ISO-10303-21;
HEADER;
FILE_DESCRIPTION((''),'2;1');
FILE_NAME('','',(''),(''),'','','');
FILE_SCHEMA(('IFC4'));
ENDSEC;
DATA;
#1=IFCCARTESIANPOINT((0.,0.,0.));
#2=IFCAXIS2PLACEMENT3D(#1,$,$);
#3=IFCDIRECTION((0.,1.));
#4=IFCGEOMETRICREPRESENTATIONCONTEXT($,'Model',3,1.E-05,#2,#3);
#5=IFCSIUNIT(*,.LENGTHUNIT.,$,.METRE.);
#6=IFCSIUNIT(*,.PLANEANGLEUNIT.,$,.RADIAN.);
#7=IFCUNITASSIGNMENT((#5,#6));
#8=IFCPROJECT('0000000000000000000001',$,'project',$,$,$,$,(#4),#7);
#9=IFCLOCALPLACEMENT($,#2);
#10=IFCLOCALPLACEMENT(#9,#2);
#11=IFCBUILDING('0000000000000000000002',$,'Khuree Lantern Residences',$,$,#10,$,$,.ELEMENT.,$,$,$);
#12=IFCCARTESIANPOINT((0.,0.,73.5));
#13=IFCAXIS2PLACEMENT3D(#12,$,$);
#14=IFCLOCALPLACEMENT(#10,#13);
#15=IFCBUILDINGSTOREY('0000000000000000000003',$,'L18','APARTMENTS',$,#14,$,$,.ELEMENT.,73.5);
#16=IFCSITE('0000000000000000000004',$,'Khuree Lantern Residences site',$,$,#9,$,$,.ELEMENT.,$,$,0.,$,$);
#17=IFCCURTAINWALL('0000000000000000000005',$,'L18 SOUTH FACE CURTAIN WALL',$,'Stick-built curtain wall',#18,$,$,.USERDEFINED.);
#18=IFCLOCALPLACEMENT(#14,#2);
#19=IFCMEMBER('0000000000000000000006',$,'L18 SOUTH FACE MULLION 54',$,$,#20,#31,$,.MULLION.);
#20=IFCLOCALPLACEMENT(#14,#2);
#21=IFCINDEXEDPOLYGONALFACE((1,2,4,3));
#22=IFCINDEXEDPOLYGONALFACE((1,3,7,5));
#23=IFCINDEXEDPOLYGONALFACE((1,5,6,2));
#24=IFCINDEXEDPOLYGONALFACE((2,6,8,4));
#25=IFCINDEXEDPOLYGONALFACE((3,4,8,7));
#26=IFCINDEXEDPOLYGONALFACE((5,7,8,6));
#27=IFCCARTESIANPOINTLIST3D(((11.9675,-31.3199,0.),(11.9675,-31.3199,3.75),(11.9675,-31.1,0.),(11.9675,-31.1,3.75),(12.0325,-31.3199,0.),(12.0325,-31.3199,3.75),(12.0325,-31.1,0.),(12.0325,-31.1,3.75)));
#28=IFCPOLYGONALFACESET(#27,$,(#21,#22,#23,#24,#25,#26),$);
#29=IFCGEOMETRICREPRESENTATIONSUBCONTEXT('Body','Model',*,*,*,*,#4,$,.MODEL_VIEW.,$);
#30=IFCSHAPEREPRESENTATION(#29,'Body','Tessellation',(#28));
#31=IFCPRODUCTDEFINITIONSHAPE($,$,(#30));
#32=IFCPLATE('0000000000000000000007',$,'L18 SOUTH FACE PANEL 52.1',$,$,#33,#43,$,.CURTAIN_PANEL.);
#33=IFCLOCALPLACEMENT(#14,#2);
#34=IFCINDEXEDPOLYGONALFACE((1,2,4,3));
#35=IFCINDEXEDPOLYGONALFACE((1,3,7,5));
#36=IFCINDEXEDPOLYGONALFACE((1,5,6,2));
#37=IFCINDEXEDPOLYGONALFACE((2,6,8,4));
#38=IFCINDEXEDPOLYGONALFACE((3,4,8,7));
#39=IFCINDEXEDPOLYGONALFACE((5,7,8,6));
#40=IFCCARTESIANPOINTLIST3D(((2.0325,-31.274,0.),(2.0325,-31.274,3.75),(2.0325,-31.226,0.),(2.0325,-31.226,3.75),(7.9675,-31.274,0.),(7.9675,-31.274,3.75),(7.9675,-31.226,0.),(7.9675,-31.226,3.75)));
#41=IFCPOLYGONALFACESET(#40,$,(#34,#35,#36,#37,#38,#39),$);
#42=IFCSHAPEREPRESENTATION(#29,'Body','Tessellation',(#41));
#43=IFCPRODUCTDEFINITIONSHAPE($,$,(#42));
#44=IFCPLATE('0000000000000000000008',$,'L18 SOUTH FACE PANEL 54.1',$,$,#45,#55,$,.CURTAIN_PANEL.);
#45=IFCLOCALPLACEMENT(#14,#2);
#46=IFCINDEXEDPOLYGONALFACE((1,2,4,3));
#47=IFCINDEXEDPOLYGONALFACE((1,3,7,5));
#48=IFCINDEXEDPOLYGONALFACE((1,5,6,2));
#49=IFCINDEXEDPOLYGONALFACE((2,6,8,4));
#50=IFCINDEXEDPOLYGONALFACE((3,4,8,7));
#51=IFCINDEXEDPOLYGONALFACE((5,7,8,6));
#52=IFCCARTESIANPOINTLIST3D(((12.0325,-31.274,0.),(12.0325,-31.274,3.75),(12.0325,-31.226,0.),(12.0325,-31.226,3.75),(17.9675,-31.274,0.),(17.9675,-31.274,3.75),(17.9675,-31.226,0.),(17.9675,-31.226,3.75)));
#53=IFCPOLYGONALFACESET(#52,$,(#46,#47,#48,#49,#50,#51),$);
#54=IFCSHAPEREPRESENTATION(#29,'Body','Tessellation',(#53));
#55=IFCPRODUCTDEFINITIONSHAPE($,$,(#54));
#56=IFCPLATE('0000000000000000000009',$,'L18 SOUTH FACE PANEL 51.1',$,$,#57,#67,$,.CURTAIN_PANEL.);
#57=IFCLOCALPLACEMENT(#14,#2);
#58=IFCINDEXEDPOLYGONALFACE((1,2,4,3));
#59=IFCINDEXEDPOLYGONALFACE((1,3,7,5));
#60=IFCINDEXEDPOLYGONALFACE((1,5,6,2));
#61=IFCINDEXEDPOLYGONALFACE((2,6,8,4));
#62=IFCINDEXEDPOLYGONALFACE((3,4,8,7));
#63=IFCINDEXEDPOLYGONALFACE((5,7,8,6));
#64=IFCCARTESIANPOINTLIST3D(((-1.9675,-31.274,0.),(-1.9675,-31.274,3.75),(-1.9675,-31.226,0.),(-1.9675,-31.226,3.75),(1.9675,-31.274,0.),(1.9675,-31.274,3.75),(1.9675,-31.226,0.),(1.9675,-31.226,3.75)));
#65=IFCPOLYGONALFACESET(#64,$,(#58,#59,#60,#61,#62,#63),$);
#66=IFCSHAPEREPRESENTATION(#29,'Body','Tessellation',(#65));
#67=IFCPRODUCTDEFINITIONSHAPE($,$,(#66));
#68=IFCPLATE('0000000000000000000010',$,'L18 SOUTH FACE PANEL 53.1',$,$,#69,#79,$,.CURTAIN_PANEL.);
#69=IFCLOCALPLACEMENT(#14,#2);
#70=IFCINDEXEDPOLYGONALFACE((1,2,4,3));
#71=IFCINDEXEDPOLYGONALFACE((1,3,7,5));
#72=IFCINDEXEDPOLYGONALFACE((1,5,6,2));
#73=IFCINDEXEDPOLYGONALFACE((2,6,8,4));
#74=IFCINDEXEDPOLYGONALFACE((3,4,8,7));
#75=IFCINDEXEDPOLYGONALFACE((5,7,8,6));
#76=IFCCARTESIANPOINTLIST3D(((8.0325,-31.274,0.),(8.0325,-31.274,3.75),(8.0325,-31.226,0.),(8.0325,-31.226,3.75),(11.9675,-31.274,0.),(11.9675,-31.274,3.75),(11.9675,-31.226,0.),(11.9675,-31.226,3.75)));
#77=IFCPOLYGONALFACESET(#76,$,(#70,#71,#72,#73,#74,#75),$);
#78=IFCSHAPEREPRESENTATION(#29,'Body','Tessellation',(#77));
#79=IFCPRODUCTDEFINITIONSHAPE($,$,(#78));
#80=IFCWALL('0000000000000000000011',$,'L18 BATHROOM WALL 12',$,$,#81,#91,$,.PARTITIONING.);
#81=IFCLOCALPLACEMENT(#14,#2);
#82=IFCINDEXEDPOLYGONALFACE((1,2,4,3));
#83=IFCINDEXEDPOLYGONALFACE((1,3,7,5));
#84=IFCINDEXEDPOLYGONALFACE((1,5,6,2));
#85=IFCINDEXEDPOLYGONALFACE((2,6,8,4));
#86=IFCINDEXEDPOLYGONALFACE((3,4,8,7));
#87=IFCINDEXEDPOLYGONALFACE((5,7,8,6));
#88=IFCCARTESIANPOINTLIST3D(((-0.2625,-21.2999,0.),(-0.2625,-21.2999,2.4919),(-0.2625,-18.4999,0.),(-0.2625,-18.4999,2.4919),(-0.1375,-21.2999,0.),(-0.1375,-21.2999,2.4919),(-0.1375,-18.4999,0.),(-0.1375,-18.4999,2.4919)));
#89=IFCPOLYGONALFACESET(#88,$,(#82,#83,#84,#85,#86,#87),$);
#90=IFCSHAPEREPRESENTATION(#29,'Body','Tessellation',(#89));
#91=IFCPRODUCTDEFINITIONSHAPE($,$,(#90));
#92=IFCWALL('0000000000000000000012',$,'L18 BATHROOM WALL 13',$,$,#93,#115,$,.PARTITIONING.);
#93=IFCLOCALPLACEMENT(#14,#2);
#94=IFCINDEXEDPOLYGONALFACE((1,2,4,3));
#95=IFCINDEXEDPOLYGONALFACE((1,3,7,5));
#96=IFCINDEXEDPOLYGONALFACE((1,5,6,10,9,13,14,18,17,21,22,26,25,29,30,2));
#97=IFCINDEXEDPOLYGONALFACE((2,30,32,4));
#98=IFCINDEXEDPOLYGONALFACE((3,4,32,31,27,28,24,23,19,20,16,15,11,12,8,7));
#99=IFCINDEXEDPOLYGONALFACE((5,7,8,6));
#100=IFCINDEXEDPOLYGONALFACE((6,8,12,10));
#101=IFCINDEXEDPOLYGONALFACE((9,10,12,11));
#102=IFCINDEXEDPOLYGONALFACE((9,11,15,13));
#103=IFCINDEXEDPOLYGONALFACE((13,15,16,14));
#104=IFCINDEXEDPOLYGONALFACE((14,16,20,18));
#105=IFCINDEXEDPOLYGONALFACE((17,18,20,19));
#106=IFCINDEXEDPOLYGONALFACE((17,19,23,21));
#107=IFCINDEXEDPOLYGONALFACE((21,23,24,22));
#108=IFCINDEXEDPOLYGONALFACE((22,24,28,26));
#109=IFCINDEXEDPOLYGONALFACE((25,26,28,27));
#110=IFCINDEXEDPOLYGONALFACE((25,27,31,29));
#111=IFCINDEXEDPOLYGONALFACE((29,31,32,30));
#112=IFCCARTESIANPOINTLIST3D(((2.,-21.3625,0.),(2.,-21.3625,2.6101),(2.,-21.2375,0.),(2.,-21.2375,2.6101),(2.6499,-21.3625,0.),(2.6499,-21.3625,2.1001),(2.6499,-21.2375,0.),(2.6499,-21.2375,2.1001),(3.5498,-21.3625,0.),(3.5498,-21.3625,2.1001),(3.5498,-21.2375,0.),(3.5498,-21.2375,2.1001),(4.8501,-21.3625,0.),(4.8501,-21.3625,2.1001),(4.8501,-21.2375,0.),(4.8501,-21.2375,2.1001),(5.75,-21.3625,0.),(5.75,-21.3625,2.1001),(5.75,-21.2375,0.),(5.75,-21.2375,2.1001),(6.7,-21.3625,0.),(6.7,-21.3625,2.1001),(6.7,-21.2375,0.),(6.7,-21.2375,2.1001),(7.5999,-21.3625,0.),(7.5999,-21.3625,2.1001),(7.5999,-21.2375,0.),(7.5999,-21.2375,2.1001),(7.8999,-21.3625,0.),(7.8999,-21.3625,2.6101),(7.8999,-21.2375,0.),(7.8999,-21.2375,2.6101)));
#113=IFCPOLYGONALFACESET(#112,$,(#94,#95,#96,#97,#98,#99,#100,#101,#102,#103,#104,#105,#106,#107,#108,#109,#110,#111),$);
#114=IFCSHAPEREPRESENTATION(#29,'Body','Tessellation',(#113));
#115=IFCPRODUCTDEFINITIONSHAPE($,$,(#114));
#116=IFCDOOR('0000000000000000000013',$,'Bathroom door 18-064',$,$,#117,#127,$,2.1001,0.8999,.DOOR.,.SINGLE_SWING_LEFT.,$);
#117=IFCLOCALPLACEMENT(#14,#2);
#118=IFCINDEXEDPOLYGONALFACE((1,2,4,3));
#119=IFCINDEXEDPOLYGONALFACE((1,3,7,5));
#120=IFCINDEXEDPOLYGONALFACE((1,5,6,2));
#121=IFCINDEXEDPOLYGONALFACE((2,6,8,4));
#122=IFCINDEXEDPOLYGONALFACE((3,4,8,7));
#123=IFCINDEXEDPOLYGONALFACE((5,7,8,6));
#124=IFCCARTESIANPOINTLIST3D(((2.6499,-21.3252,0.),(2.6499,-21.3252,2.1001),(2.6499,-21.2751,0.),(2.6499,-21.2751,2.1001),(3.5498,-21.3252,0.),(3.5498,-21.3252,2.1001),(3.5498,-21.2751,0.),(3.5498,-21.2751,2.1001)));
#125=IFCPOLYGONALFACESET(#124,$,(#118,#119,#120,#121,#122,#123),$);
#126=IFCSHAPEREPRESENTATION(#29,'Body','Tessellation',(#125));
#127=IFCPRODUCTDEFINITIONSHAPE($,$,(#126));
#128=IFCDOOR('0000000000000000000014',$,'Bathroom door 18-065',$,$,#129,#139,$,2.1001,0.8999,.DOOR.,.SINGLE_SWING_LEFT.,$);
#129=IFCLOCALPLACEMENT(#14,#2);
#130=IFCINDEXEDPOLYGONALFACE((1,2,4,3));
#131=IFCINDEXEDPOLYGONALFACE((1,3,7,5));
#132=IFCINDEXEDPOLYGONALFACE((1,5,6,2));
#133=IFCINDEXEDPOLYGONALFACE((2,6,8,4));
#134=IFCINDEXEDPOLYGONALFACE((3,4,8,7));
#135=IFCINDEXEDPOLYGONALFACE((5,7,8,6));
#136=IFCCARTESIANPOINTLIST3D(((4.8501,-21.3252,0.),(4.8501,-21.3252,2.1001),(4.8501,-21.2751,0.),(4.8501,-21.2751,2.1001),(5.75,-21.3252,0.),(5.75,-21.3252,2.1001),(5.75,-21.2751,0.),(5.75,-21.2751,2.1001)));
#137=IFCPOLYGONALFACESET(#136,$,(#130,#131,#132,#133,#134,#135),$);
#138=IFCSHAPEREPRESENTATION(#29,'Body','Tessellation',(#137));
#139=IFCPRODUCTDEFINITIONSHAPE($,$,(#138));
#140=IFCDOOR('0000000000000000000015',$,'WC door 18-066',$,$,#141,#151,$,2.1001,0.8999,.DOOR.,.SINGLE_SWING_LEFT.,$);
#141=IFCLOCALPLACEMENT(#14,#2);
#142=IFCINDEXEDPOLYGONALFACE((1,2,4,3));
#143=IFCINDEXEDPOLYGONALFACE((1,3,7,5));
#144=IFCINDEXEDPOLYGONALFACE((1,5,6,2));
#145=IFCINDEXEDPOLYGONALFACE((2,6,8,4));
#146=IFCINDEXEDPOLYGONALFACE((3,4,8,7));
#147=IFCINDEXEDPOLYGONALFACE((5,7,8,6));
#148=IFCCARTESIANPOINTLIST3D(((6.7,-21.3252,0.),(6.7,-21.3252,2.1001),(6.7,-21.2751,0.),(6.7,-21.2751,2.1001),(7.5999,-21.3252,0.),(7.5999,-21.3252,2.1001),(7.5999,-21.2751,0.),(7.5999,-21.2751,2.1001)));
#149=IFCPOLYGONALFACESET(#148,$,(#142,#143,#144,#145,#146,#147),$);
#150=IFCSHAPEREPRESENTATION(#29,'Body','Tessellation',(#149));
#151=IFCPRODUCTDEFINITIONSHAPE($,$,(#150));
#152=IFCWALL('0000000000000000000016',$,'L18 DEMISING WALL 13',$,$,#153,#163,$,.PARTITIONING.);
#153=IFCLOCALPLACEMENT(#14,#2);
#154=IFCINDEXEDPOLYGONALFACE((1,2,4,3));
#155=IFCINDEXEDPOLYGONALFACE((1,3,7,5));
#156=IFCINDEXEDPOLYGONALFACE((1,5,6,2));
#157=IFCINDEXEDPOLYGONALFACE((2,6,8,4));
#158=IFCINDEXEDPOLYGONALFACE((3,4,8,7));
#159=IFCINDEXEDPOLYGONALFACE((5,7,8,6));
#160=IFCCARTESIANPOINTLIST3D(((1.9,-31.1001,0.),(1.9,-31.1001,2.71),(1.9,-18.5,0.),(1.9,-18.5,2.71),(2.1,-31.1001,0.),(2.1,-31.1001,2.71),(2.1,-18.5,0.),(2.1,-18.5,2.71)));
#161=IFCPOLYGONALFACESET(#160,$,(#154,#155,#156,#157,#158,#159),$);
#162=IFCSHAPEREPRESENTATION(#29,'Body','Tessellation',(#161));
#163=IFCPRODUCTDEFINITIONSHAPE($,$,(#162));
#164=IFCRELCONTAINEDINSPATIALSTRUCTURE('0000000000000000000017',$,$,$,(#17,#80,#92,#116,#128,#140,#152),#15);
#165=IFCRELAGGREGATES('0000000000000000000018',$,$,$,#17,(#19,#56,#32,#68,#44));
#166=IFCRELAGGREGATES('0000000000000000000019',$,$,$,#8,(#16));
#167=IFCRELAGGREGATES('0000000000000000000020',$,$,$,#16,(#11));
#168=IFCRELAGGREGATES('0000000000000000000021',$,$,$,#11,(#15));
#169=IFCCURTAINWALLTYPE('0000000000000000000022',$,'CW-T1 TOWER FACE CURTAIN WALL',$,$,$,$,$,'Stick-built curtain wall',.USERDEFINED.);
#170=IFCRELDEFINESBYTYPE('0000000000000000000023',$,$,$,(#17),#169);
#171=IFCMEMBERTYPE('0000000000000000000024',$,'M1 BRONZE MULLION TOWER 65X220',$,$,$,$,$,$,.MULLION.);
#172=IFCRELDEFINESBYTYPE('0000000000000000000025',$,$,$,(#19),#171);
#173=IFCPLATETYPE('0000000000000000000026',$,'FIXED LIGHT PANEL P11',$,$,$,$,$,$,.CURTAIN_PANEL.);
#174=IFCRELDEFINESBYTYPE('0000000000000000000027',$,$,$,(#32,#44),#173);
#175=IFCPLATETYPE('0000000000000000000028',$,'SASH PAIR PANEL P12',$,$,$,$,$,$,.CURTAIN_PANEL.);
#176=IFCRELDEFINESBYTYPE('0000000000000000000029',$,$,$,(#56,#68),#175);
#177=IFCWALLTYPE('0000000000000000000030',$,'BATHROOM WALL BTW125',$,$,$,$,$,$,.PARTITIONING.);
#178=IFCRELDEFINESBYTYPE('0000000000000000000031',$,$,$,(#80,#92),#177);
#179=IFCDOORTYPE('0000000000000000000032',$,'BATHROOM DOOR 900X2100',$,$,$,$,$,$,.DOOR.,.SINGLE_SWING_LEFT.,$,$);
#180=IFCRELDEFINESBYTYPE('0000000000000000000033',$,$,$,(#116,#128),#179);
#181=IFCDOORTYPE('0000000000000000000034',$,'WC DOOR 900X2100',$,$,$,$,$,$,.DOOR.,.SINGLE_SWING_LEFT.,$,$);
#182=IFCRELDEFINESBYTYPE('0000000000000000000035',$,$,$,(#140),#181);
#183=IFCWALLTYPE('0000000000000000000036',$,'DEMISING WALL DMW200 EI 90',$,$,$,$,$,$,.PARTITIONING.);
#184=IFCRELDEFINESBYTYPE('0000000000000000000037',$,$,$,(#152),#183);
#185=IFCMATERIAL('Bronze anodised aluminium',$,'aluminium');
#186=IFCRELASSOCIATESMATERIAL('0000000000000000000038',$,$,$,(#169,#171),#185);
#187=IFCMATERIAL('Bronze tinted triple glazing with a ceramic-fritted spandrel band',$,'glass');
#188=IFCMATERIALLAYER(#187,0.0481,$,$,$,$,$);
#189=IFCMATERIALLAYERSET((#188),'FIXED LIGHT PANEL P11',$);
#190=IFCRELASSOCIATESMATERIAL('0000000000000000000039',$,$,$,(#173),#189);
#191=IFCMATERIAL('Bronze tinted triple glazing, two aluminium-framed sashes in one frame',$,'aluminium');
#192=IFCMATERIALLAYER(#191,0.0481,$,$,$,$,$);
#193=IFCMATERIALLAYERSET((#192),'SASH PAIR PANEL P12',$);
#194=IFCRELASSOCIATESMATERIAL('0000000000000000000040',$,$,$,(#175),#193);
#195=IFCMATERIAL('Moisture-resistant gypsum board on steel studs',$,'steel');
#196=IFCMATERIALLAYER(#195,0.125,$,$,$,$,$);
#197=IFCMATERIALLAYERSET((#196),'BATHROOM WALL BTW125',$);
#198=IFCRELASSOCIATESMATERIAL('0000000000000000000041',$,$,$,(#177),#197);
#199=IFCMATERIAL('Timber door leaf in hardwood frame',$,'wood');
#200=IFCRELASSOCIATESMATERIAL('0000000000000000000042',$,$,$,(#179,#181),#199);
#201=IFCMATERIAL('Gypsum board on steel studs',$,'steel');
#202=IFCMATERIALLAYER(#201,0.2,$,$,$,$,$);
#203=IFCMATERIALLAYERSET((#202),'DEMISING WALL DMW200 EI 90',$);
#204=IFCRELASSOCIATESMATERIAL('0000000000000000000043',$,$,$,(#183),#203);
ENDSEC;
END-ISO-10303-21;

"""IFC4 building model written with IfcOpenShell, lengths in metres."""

from ifc_helpers import new_model, si_unit, direction, frame, frame_2d, origin, origin_2d, place, context, subcontext, project, spatial, rectangle, extrude, material, layer, layer_set, material_profile, profile_set, type_object, element, fill, aggregate, save


model = new_model("IFC4")

# Units and contexts
model_context = context("Model", 3, precision=1e-05, world=origin(), true_north=direction((0.0, 1.0)))
body_context = subcontext(model_context, "Body", "Model", "MODEL_VIEW")
ifc_project = project(units=[si_unit("LENGTHUNIT", "METRE"), si_unit("PLANEANGLEUNIT", "RADIAN")], contexts=[model_context])

# Site, building, storey
site_placement = place(None, origin())
site = spatial("IfcSite", under=ifc_project, at=site_placement, Name="Khuree Lantern Residences site", CompositionType="ELEMENT", RefElevation=0.0)
building_placement = place(site_placement, origin())
building = spatial("IfcBuilding", under=site, at=building_placement, Name="Khuree Lantern Residences", CompositionType="ELEMENT")
storey_placement = place(building_placement, frame((0.0, 0.0, 73.5)))
storey = spatial("IfcBuildingStorey", under=building, at=storey_placement, Name="L18", Description="APARTMENTS", CompositionType="ELEMENT", Elevation=73.5)

# Curtain wall
ifc_material_1 = material(Name="Bronze anodised aluminium", Category="aluminium")
curtain_wall_type = type_object("IfcCurtainWallType", Name="CW-T1 TOWER FACE CURTAIN WALL", ElementType="Stick-built curtain wall", PredefinedType="USERDEFINED", material=ifc_material_1)
curtain_wall_placement = place(storey_placement, origin())
curtain_wall = element("IfcCurtainWall", 1, at=curtain_wall_placement, inside=storey, type_object=curtain_wall_type, Name="L18 SOUTH FACE CURTAIN WALL", ObjectType="Stick-built curtain wall", PredefinedType="USERDEFINED")

# Member
ifc_material_profile_1 = material_profile(ifc_material_1, rectangle(XDim=0.0649, YDim=0.22, at=origin_2d()), Name="M1 65X220")
ifc_profile_set_1 = profile_set([ifc_material_profile_1], Name="Bronze anodised aluminium")
member_type_1 = type_object("IfcMemberType", Name="M1 BRONZE MULLION TOWER 65X220", PredefinedType="MULLION", material=ifc_profile_set_1)
member_1_placement = place(storey_placement, frame((12.0, -31.21, 0.0), z_axis=(0.0, 0.0, 1.0), x_axis=(1.0, 0.0, 0.0)))
member_1 = element("IfcMember", 2, at=member_1_placement, type_object=member_type_1, Name="L18 SOUTH FACE MULLION 54", PredefinedType="MULLION", context=body_context, shape_type="SweptSolid", body=[
    extrude(rectangle(XDim=0.0649, YDim=0.22, at=origin_2d()), origin(), (0.0, 0.0, 1.0), 3.75),
])

# Plates
ifc_material_2 = material(Name="Bronze tinted triple glazing with a ceramic-fritted spandrel band", Category="glass")
ifc_layer_1 = layer(ifc_material_2, 0.0481)
ifc_layer_set_1 = layer_set([ifc_layer_1], Name="FIXED LIGHT PANEL P11")
plate_type_1 = type_object("IfcPlateType", Name="FIXED LIGHT PANEL P11", PredefinedType="CURTAIN_PANEL", material=ifc_layer_set_1)
plate_1_placement = place(storey_placement, frame((5.0, -31.25, 0.0), z_axis=(0.0, 0.0, 1.0), x_axis=(1.0, 0.0, 0.0)))
plate_1 = element("IfcPlate", 3, at=plate_1_placement, type_object=plate_type_1, Name="L18 SOUTH FACE PANEL 52.1", PredefinedType="CURTAIN_PANEL", context=body_context, shape_type="SweptSolid", body=[
    extrude(rectangle(XDim=5.9351, YDim=0.0481, at=origin_2d()), origin(), (0.0, 0.0, 1.0), 3.75),
])
plate_2_placement = place(storey_placement, frame((15.0, -31.25, 0.0), z_axis=(0.0, 0.0, 1.0), x_axis=(1.0, 0.0, 0.0)))
plate_2 = element("IfcPlate", 4, at=plate_2_placement, type_object=plate_type_1, Name="L18 SOUTH FACE PANEL 54.1", PredefinedType="CURTAIN_PANEL", context=body_context, shape_type="SweptSolid", body=[
    extrude(rectangle(XDim=5.9351, YDim=0.0481, at=origin_2d()), origin(), (0.0, 0.0, 1.0), 3.75),
])
ifc_material_3 = material(Name="Bronze tinted triple glazing, two aluminium-framed sashes in one frame", Category="aluminium")
ifc_layer_2 = layer(ifc_material_3, 0.0481)
ifc_layer_set_2 = layer_set([ifc_layer_2], Name="SASH PAIR PANEL P12")
plate_type_2 = type_object("IfcPlateType", Name="SASH PAIR PANEL P12", PredefinedType="CURTAIN_PANEL", material=ifc_layer_set_2)
plate_3_placement = place(storey_placement, frame((0.0, -31.25, 0.0), z_axis=(0.0, 0.0, 1.0), x_axis=(1.0, 0.0, 0.0)))
plate_3 = element("IfcPlate", 5, at=plate_3_placement, type_object=plate_type_2, Name="L18 SOUTH FACE PANEL 51.1", PredefinedType="CURTAIN_PANEL", context=body_context, shape_type="SweptSolid", body=[
    extrude(rectangle(XDim=3.9351, YDim=0.0481, at=origin_2d()), origin(), (0.0, 0.0, 1.0), 3.75),
])
plate_4_placement = place(storey_placement, frame((10.0, -31.25, 0.0), z_axis=(0.0, 0.0, 1.0), x_axis=(1.0, 0.0, 0.0)))
plate_4 = element("IfcPlate", 6, at=plate_4_placement, type_object=plate_type_2, Name="L18 SOUTH FACE PANEL 53.1", PredefinedType="CURTAIN_PANEL", context=body_context, shape_type="SweptSolid", body=[
    extrude(rectangle(XDim=3.9351, YDim=0.0481, at=origin_2d()), origin(), (0.0, 0.0, 1.0), 3.75),
])
aggregate(curtain_wall, [member_1, plate_3, plate_1, plate_4, plate_2])

# Wall
ifc_material_4 = material(Name="Moisture-resistant gypsum board on steel studs", Category="steel")
ifc_layer_3 = layer(ifc_material_4, 0.125)
ifc_layer_set_3 = layer_set([ifc_layer_3], Name="BATHROOM WALL BTW125")
wall_type_1 = type_object("IfcWallType", Name="BATHROOM WALL BTW125", PredefinedType="PARTITIONING", material=ifc_layer_set_3)
wall_1_placement = place(storey_placement, frame((-0.2, -18.5, 0.0), z_axis=(0.0, 0.0, 1.0), x_axis=(0.0, -1.0, 0.0)))
element("IfcWall", 7, at=wall_1_placement, inside=storey, type_object=wall_type_1, Name="L18 BATHROOM WALL 12", PredefinedType="PARTITIONING", context=body_context, shape_type="SweptSolid", body=[
    extrude(rectangle(XDim=2.8, YDim=0.125, at=frame_2d((1.3999, 0.0))), origin(), (0.0, 0.0, 1.0), 2.4919),
])

# Wall, openings, doors
wall_2_placement = place(storey_placement, frame((2.0, -21.3, 0.0), z_axis=(0.0, 0.0, 1.0), x_axis=(1.0, 0.0, 0.0)))
wall_2 = element("IfcWall", 8, at=wall_2_placement, inside=storey, type_object=wall_type_1, Name="L18 BATHROOM WALL 13", PredefinedType="PARTITIONING", context=body_context, shape_type="SweptSolid", body=[
    extrude(rectangle(XDim=5.8999, YDim=0.125, at=frame_2d((2.95, 0.0))), origin(), (0.0, 0.0, 1.0), 2.6101),
])
opening_1_placement = place(wall_2_placement, frame((0.6499, 0.0, 0.0)))
opening_1 = element("IfcOpeningElement", 9, at=opening_1_placement, cuts=wall_2, PredefinedType="OPENING", context=body_context, shape_type="SweptSolid", body=[
    extrude(rectangle(XDim=0.8999, YDim=2.1001, at=frame_2d((0.45, 1.05))), frame((0.0, 0.0725, 0.0), z_axis=(0.0, -1.0, 0.0), x_axis=(1.0, 0.0, 0.0)), (0.0, 0.0, 1.0), 0.145),
])
opening_2_placement = place(wall_2_placement, frame((2.8501, 0.0, 0.0)))
opening_2 = element("IfcOpeningElement", 10, at=opening_2_placement, cuts=wall_2, PredefinedType="OPENING", context=body_context, shape_type="SweptSolid", body=[
    extrude(rectangle(XDim=0.8999, YDim=2.1001, at=frame_2d((0.45, 1.05))), frame((0.0, 0.0725, 0.0), z_axis=(0.0, -1.0, 0.0), x_axis=(1.0, 0.0, 0.0)), (0.0, 0.0, 1.0), 0.145),
])
opening_3_placement = place(wall_2_placement, frame((4.7, 0.0, 0.0)))
opening_3 = element("IfcOpeningElement", 11, at=opening_3_placement, cuts=wall_2, PredefinedType="OPENING", context=body_context, shape_type="SweptSolid", body=[
    extrude(rectangle(XDim=0.8999, YDim=2.1001, at=frame_2d((0.45, 1.05))), frame((0.0, 0.0725, 0.0), z_axis=(0.0, -1.0, 0.0), x_axis=(1.0, 0.0, 0.0)), (0.0, 0.0, 1.0), 0.145),
])
ifc_material_5 = material(Name="Timber door leaf in hardwood frame", Category="wood")
door_type_1 = type_object("IfcDoorType", Name="BATHROOM DOOR 900X2100", OperationType="SINGLE_SWING_LEFT", PredefinedType="DOOR", material=ifc_material_5)
door_1_placement = place(opening_1_placement, origin())
door_1 = element("IfcDoor", 12, at=door_1_placement, inside=storey, type_object=door_type_1, Name="Bathroom door 18-064", OperationType="SINGLE_SWING_LEFT", OverallHeight=2.1001, OverallWidth=0.8999, PredefinedType="DOOR", context=body_context, shape_type="SweptSolid", body=[
    extrude(rectangle(XDim=0.8999, YDim=2.1001, at=frame_2d((0.45, 1.05))), frame((0.0, 0.0249, 0.0), z_axis=(0.0, -1.0, 0.0), x_axis=(1.0, 0.0, 0.0)), (0.0, 0.0, 1.0), 0.05),
])
fill(opening_1, door_1)
door_2_placement = place(opening_2_placement, origin())
door_2 = element("IfcDoor", 13, at=door_2_placement, inside=storey, type_object=door_type_1, Name="Bathroom door 18-065", OperationType="SINGLE_SWING_LEFT", OverallHeight=2.1001, OverallWidth=0.8999, PredefinedType="DOOR", context=body_context, shape_type="SweptSolid", body=[
    extrude(rectangle(XDim=0.8999, YDim=2.1001, at=frame_2d((0.45, 1.05))), frame((0.0, 0.0249, 0.0), z_axis=(0.0, -1.0, 0.0), x_axis=(1.0, 0.0, 0.0)), (0.0, 0.0, 1.0), 0.05),
])
fill(opening_2, door_2)
door_type_2 = type_object("IfcDoorType", Name="WC DOOR 900X2100", OperationType="SINGLE_SWING_LEFT", PredefinedType="DOOR", material=ifc_material_5)
door_3_placement = place(opening_3_placement, origin())
door_3 = element("IfcDoor", 14, at=door_3_placement, inside=storey, type_object=door_type_2, Name="WC door 18-066", OperationType="SINGLE_SWING_LEFT", OverallHeight=2.1001, OverallWidth=0.8999, PredefinedType="DOOR", context=body_context, shape_type="SweptSolid", body=[
    extrude(rectangle(XDim=0.8999, YDim=2.1001, at=frame_2d((0.45, 1.05))), frame((0.0, 0.0249, 0.0), z_axis=(0.0, -1.0, 0.0), x_axis=(1.0, 0.0, 0.0)), (0.0, 0.0, 1.0), 0.05),
])
fill(opening_3, door_3)

# Wall
ifc_material_6 = material(Name="Gypsum board on steel studs", Category="steel")
ifc_layer_4 = layer(ifc_material_6, 0.2)
ifc_layer_set_4 = layer_set([ifc_layer_4], Name="DEMISING WALL DMW200 EI 90")
wall_type_2 = type_object("IfcWallType", Name="DEMISING WALL DMW200 EI 90", PredefinedType="PARTITIONING", material=ifc_layer_set_4)
wall_3_placement = place(storey_placement, frame((2.0, -18.5, 0.0), z_axis=(0.0, 0.0, 1.0), x_axis=(0.0, -1.0, 0.0)))
element("IfcWall", 15, at=wall_3_placement, inside=storey, type_object=wall_type_2, Name="L18 DEMISING WALL 13", PredefinedType="PARTITIONING", context=body_context, shape_type="SweptSolid", body=[
    extrude(rectangle(XDim=12.6001, YDim=0.2, at=frame_2d((6.3, 0.0))), origin(), (0.0, 0.0, 1.0), 2.71),
])

save(model, "model.ifc")
